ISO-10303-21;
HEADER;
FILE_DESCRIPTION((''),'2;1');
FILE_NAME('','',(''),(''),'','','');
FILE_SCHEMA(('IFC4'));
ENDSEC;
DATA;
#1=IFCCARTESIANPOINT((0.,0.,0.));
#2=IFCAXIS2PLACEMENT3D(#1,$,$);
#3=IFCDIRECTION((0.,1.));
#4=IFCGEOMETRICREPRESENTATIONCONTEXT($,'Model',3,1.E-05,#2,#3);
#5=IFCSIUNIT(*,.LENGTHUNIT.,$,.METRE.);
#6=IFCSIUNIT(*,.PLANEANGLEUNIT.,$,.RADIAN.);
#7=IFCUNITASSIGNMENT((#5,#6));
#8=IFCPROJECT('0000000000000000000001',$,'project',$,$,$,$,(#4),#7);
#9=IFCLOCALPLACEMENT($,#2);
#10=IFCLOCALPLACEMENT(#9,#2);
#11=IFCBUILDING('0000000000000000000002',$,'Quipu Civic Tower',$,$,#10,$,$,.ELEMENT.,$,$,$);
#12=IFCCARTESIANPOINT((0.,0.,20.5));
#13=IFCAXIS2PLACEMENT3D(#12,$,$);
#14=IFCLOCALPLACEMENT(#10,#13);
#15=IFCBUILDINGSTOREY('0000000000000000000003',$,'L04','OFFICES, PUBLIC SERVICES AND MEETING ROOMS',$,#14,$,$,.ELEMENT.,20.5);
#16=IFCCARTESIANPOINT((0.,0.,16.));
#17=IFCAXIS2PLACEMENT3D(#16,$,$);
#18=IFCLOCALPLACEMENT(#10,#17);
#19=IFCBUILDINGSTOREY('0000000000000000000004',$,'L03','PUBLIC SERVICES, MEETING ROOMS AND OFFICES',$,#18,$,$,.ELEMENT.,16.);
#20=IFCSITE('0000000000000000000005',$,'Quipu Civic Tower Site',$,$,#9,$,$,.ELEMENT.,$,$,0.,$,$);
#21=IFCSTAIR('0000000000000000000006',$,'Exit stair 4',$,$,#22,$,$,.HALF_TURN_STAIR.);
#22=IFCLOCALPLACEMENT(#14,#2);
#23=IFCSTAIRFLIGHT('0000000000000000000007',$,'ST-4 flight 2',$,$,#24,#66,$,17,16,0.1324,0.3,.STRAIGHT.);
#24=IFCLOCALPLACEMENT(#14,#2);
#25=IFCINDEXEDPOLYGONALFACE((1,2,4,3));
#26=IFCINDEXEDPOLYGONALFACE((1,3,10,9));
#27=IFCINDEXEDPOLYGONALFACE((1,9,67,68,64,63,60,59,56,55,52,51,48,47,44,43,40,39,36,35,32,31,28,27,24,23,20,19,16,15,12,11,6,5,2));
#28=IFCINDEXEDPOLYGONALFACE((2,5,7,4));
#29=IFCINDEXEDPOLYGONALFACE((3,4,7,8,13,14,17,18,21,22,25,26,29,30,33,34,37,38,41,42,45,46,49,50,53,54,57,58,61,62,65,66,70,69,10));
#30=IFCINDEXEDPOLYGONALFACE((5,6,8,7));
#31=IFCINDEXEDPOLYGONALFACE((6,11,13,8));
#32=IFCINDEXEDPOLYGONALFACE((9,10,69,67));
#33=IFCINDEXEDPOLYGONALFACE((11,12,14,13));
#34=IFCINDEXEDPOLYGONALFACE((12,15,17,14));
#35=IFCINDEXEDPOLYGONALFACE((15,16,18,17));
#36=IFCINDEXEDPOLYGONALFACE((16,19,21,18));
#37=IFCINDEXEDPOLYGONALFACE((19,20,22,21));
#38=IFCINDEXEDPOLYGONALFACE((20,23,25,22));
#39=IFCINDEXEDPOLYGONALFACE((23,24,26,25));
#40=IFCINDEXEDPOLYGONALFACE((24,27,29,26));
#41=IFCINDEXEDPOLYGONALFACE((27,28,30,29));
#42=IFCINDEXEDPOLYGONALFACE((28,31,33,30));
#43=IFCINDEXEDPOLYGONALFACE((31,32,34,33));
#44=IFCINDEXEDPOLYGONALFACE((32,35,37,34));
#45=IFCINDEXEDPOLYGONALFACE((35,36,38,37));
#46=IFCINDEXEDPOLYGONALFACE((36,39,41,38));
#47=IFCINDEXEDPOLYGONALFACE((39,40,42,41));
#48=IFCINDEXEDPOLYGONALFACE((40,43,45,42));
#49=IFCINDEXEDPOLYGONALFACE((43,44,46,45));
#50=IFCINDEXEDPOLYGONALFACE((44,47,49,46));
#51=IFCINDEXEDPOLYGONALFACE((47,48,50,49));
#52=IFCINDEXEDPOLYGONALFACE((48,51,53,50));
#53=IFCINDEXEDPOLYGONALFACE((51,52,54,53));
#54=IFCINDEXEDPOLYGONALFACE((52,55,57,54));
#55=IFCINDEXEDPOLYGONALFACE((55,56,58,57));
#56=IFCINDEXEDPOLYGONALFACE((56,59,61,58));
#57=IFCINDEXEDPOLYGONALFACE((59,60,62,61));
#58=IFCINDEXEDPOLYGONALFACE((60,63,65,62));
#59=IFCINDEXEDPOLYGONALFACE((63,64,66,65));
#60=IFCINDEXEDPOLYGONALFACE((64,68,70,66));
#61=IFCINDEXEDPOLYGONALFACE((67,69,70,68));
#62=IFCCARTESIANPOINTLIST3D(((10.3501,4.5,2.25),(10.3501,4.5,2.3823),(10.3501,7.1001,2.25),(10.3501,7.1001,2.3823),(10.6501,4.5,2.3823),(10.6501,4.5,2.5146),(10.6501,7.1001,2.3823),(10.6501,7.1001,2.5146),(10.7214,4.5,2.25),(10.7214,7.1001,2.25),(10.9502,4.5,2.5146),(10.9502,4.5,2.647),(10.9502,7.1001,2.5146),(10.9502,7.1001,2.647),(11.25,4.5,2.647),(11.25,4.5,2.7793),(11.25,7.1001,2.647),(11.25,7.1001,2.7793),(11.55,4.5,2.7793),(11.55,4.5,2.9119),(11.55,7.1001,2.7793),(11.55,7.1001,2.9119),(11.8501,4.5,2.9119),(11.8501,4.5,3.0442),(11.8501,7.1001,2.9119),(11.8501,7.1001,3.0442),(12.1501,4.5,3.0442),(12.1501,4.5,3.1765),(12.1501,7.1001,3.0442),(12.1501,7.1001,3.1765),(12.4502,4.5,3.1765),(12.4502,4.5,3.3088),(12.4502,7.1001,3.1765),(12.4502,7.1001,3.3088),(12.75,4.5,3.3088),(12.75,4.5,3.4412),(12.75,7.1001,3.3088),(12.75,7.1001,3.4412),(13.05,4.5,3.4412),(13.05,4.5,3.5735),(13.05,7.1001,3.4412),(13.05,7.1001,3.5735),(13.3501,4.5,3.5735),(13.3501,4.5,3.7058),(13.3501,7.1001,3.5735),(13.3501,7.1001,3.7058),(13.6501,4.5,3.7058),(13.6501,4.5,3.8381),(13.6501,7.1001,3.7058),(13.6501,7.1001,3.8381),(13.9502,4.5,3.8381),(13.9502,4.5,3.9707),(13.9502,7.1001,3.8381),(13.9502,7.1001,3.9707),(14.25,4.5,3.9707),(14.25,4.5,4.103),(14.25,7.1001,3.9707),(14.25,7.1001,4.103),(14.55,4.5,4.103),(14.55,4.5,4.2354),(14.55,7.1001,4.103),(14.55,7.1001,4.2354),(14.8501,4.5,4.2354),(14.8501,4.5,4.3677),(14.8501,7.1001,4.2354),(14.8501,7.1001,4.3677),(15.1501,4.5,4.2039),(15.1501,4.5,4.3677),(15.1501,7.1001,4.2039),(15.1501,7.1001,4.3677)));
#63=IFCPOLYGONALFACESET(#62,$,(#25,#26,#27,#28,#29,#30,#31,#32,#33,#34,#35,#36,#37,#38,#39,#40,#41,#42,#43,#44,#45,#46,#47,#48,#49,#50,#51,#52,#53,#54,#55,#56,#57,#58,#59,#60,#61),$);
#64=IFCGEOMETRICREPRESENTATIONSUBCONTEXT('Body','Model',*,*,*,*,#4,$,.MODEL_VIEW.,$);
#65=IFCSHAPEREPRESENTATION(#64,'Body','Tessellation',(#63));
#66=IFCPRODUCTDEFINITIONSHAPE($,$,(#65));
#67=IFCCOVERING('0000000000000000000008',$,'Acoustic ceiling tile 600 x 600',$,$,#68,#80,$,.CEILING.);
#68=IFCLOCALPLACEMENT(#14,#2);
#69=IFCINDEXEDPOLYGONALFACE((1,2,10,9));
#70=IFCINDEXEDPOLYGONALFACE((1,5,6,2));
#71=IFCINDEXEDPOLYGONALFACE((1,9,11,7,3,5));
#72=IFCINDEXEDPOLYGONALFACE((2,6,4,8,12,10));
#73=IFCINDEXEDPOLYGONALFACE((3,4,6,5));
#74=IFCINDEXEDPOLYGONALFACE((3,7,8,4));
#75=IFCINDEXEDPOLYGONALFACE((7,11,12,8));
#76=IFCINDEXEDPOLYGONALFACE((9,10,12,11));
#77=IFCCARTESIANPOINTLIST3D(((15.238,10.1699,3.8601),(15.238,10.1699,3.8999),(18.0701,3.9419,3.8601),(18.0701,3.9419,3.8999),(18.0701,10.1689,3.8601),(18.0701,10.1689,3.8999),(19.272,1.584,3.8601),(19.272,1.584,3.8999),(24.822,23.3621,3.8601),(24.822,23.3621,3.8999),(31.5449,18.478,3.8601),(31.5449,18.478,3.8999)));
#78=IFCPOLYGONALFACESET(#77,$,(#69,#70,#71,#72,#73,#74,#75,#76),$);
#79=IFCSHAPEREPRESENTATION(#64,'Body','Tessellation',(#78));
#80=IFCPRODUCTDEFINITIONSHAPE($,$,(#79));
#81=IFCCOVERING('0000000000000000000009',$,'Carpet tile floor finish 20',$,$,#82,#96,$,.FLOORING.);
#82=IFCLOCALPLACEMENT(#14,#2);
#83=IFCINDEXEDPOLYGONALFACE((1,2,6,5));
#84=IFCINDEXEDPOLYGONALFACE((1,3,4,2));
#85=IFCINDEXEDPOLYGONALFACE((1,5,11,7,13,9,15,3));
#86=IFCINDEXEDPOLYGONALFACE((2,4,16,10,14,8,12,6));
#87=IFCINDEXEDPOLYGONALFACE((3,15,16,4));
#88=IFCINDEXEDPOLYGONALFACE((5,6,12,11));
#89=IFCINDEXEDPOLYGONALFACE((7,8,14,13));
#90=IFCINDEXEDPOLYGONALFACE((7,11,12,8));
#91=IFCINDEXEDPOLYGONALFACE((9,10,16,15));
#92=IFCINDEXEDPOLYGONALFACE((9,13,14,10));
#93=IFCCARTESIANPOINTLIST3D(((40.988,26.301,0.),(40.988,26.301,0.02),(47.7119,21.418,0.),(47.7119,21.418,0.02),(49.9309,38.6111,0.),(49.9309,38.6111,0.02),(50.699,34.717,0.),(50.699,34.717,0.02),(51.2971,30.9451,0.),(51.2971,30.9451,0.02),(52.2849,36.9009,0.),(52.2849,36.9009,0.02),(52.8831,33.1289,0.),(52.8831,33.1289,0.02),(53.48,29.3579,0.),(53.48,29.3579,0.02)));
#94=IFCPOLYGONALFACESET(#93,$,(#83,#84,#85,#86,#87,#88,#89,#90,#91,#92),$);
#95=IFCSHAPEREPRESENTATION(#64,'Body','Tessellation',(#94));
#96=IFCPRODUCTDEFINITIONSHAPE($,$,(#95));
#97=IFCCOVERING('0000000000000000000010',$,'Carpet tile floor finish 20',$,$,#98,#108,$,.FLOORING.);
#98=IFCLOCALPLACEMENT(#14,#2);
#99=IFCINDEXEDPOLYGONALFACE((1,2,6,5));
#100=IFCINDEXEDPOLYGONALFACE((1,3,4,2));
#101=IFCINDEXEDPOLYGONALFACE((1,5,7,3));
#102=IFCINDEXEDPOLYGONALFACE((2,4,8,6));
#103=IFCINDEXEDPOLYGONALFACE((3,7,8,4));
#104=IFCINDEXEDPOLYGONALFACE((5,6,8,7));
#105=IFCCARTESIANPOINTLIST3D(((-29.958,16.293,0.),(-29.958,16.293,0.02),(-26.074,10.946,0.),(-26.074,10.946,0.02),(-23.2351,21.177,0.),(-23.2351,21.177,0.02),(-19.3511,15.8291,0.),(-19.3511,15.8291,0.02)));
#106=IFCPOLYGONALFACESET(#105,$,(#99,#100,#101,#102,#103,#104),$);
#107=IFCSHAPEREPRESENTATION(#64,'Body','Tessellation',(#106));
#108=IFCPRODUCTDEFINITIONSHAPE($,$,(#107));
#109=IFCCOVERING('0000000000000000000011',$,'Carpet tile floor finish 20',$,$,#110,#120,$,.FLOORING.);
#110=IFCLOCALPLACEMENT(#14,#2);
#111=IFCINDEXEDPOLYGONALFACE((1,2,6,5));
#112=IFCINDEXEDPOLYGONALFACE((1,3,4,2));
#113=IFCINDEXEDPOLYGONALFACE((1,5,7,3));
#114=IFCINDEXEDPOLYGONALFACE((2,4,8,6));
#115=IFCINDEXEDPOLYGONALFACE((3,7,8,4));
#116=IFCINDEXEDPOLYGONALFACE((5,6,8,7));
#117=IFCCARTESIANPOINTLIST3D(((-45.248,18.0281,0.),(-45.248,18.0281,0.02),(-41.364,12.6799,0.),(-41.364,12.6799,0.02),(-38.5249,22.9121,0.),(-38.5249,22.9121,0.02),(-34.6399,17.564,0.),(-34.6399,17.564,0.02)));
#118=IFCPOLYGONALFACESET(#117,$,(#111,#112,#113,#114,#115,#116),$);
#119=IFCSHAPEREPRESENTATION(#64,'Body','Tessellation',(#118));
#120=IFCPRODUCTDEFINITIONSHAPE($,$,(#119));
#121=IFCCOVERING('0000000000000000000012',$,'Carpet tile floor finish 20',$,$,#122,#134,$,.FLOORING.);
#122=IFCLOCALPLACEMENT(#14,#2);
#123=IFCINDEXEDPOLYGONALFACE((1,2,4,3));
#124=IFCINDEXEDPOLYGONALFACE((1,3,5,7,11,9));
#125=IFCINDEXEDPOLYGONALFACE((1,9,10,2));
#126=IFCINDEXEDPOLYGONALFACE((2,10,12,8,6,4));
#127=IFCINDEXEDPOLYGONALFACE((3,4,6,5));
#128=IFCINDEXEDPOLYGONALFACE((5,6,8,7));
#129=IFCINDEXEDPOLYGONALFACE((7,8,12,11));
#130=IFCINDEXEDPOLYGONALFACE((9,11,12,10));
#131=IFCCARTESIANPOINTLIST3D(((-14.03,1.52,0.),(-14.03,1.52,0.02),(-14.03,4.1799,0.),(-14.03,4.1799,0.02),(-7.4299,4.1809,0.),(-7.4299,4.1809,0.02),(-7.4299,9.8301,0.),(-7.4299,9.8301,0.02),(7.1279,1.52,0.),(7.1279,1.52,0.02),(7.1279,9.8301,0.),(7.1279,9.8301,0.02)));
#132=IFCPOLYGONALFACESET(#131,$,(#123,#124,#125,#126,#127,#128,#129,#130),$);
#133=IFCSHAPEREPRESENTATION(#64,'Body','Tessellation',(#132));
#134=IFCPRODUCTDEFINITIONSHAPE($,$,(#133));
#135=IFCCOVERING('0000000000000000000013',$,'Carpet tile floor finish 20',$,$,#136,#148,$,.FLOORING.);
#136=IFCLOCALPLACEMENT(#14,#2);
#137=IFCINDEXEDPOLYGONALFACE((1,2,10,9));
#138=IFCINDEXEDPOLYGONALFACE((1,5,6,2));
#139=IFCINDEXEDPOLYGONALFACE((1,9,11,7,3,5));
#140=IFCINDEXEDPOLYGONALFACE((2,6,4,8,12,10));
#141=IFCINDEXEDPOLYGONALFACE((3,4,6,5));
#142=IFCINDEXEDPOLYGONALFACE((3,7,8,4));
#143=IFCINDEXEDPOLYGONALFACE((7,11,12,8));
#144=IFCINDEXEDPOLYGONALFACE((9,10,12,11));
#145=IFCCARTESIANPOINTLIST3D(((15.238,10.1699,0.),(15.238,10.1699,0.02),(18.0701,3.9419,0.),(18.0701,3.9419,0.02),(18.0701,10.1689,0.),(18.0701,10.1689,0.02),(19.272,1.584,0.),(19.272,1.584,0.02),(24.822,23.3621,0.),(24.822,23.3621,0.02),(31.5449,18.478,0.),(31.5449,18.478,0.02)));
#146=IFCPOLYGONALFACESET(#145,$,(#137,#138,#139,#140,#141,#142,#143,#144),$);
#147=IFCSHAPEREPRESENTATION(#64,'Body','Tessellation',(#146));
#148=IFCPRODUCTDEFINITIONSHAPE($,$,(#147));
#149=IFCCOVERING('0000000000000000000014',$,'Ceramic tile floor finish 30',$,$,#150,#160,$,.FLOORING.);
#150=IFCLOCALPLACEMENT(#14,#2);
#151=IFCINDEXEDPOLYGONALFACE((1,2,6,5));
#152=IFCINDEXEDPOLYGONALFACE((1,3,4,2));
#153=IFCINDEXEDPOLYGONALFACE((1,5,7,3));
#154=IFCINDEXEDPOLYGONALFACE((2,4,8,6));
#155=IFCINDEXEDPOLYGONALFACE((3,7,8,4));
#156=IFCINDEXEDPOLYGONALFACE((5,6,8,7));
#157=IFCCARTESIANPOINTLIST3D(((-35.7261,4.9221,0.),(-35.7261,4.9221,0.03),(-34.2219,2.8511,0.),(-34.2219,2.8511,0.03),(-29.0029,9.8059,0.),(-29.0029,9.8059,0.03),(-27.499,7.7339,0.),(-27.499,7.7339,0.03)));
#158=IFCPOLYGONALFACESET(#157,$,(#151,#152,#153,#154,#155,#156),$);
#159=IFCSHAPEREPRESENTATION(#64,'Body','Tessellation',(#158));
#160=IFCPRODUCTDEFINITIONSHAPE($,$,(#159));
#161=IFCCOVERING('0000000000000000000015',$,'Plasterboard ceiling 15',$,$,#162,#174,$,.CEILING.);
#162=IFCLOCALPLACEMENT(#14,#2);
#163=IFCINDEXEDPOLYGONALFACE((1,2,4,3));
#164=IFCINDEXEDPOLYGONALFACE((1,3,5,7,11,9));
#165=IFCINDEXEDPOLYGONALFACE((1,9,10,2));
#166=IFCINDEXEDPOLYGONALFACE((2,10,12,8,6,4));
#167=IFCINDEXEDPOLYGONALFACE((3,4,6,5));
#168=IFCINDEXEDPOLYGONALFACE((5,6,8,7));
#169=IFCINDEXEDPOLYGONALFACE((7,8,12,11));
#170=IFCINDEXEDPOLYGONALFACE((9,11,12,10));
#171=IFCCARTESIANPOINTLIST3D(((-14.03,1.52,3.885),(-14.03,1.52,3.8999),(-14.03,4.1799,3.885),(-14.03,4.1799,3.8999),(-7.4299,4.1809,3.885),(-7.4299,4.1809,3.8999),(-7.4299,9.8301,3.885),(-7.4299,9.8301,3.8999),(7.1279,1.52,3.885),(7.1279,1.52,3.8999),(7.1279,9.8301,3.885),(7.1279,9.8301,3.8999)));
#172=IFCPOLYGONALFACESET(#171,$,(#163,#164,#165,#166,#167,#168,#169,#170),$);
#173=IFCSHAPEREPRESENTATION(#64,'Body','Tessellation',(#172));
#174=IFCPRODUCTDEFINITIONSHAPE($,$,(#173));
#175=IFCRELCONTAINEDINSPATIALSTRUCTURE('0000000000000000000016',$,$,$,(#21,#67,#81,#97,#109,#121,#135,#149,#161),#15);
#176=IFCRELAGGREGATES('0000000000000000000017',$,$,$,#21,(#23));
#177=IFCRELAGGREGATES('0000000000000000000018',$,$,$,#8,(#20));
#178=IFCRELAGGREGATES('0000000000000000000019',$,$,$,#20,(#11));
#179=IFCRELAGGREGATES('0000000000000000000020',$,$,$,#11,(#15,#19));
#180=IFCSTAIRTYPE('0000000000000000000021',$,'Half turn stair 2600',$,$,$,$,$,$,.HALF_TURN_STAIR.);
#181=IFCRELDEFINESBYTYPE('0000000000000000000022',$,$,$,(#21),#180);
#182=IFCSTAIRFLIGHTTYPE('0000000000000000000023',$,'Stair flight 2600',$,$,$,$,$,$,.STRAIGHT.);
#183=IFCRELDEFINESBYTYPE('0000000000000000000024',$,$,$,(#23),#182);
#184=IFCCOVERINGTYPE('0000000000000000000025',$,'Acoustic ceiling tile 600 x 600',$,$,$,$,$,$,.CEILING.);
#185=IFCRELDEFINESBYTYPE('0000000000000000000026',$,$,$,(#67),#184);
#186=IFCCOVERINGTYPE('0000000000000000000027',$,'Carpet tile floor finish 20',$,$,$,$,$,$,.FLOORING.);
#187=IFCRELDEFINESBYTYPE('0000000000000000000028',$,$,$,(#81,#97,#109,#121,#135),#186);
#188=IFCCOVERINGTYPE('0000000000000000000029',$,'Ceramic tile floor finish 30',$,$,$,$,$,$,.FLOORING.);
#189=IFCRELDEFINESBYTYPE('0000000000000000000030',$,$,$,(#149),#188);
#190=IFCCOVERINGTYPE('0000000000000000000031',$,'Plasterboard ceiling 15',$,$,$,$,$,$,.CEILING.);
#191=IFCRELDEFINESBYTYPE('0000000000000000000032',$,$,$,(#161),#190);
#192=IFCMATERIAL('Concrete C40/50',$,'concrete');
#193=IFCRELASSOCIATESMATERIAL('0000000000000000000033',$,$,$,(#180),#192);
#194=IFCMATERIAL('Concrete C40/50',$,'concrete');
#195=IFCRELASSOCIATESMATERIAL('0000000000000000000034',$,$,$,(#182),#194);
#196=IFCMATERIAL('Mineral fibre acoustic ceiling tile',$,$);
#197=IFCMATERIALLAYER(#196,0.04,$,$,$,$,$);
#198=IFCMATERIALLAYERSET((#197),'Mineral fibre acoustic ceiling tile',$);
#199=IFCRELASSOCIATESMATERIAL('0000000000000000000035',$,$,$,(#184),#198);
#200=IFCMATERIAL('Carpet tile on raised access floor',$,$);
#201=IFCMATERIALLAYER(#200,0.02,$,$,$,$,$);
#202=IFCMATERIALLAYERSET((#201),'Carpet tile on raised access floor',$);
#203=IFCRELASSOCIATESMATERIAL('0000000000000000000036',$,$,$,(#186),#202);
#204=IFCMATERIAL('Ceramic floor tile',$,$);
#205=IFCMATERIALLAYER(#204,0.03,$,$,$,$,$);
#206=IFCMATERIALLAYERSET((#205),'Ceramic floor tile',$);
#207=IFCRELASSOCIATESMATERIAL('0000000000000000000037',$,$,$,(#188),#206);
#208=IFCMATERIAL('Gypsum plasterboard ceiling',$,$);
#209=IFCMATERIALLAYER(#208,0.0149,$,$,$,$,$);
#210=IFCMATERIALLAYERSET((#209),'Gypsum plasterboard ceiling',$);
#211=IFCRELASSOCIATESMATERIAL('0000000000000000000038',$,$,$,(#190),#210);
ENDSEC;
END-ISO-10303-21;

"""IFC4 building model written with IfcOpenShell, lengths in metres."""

from ifc_helpers import new_model, si_unit, direction, frame, origin, place, context, subcontext, project, spatial, polyline, outline, extrude, material, layer, layer_set, type_object, element, aggregate, save


model = new_model("IFC4")

# Units and contexts
model_context = context("Model", 3, precision=1e-05, world=origin(), true_north=direction((0.0, 1.0)))
body_context = subcontext(model_context, "Body", "Model", "MODEL_VIEW")
ifc_project = project(units=[si_unit("LENGTHUNIT", "METRE"), si_unit("PLANEANGLEUNIT", "RADIAN")], contexts=[model_context])

# Site, building, storey
site_placement = place(None, origin())
site = spatial("IfcSite", under=ifc_project, at=site_placement, Name="Quipu Civic Tower Site", CompositionType="ELEMENT", RefElevation=0.0)
building_placement = place(site_placement, origin())
building = spatial("IfcBuilding", under=site, at=building_placement, Name="Quipu Civic Tower", CompositionType="ELEMENT")
storey_1_placement = place(building_placement, frame((0.0, 0.0, 20.5)))
storey_1 = spatial("IfcBuildingStorey", under=building, at=storey_1_placement, Name="L04", Description="OFFICES, PUBLIC SERVICES AND MEETING ROOMS", CompositionType="ELEMENT", Elevation=20.5)

# Shared definitions
storey_2_placement = place(building_placement, frame((0.0, 0.0, 16.0)))
storey_2 = spatial("IfcBuildingStorey", under=building, at=storey_2_placement, Name="L03", Description="PUBLIC SERVICES, MEETING ROOMS AND OFFICES", CompositionType="ELEMENT", Elevation=16.0)

# Stair, stair flight
ifc_material_1 = material(Name="Concrete C40/50", Category="concrete")
stair_type = type_object("IfcStairType", Name="Half turn stair 2600", PredefinedType="HALF_TURN_STAIR", material=ifc_material_1)
stair_placement = place(storey_1_placement, origin())
stair = element("IfcStair", 1, at=stair_placement, inside=storey_1, type_object=stair_type, Name="Exit stair 4", PredefinedType="HALF_TURN_STAIR")
ifc_material_2 = material(Name="Concrete C40/50", Category="concrete")
stair_flight_type = type_object("IfcStairFlightType", Name="Stair flight 2600", PredefinedType="STRAIGHT", material=ifc_material_2)
stair_flight_placement = place(storey_1_placement, frame((10.3501, 5.8, 2.25), z_axis=(0.0, 0.0, 1.0), x_axis=(1.0, 0.0, 0.0)))
stair_flight = element("IfcStairFlight", 2, at=stair_flight_placement, type_object=stair_flight_type, Name="ST-4 flight 2", NumberOfRisers=17, NumberOfTreads=16, PredefinedType="STRAIGHT", RiserHeight=0.1324, TreadLength=0.3, context=body_context, shape_type="SweptSolid", body=[
    extrude(outline(polyline([(0.0, 0.0), (0.0, 0.1323), (0.3, 0.1323), (0.3, 0.2646), (0.6001, 0.2646), (0.6001, 0.397), (0.8999, 0.397), (0.8999, 0.5293), (1.2, 0.5293), (1.2, 0.6619), (1.5, 0.6619), (1.5, 0.7942), (1.8, 0.7942), (1.8, 0.9265), (2.1001, 0.9265), (2.1001, 1.0588), (2.3999, 1.0588), (2.3999, 1.1912), (2.7, 1.1912), (2.7, 1.3235), (3.0, 1.3235), (3.0, 1.4558), (3.3, 1.4558), (3.3, 1.5881), (3.6001, 1.5881), (3.6001, 1.7207), (3.8999, 1.7207), (3.8999, 1.853), (4.2, 1.853), (4.2, 1.9854), (4.5, 1.9854), (4.5, 2.1177), (4.8, 2.1177), (4.8, 2.25), (4.8, 1.9539), (0.3713, 0.0), (0.0, 0.0)])), frame((0.0, 1.3, 0.0), z_axis=(0.0, -1.0, 0.0), x_axis=(1.0, 0.0, 0.0)), (0.0, 0.0, 1.0), 2.6001),
])
aggregate(stair, [stair_flight])

# Coverings
ifc_material_3 = material(Name="Mineral fibre acoustic ceiling tile")
ifc_layer_1 = layer(ifc_material_3, 0.04)
ifc_layer_set_1 = layer_set([ifc_layer_1], Name="Mineral fibre acoustic ceiling tile")
covering_type_1 = type_object("IfcCoveringType", Name="Acoustic ceiling tile 600 x 600", PredefinedType="CEILING", material=ifc_layer_set_1)
covering_1_placement = place(storey_1_placement, frame((0.0, 0.0, 3.8601)))
element("IfcCovering", 3, at=covering_1_placement, inside=storey_1, type_object=covering_type_1, Name="Acoustic ceiling tile 600 x 600", PredefinedType="CEILING", context=body_context, shape_type="SweptSolid", body=[
    extrude(outline(polyline([(15.238, 10.1699), (24.822, 23.3621), (31.5449, 18.478), (19.272, 1.584), (18.0701, 3.9419), (18.0701, 10.1689), (15.238, 10.1699)])), origin(), (0.0, 0.0, 1.0), 0.0398),
])
ifc_material_4 = material(Name="Carpet tile on raised access floor")
ifc_layer_2 = layer(ifc_material_4, 0.02)
ifc_layer_set_2 = layer_set([ifc_layer_2], Name="Carpet tile on raised access floor")
covering_type_2 = type_object("IfcCoveringType", Name="Carpet tile floor finish 20", PredefinedType="FLOORING", material=ifc_layer_set_2)
covering_2_placement = place(storey_1_placement, origin())
element("IfcCovering", 4, at=covering_2_placement, inside=storey_1, type_object=covering_type_2, Name="Carpet tile floor finish 20", PredefinedType="FLOORING", context=body_context, shape_type="SweptSolid", body=[
    extrude(outline(polyline([(40.988, 26.301), (49.9309, 38.6111), (52.2849, 36.9009), (50.699, 34.717), (52.8831, 33.1289), (51.2971, 30.9451), (53.48, 29.3579), (47.7119, 21.418), (40.988, 26.301)])), origin(), (0.0, 0.0, 1.0), 0.02),
])
covering_3_placement = place(storey_1_placement, origin())
element("IfcCovering", 5, at=covering_3_placement, inside=storey_1, type_object=covering_type_2, Name="Carpet tile floor finish 20", PredefinedType="FLOORING", context=body_context, shape_type="SweptSolid", body=[
    extrude(outline(polyline([(-29.958, 16.293), (-23.2351, 21.177), (-19.3511, 15.8291), (-26.074, 10.946), (-29.958, 16.293)])), origin(), (0.0, 0.0, 1.0), 0.02),
])
covering_4_placement = place(storey_1_placement, origin())
element("IfcCovering", 6, at=covering_4_placement, inside=storey_1, type_object=covering_type_2, Name="Carpet tile floor finish 20", PredefinedType="FLOORING", context=body_context, shape_type="SweptSolid", body=[
    extrude(outline(polyline([(-45.248, 18.0281), (-38.5249, 22.9121), (-34.6399, 17.564), (-41.364, 12.6799), (-45.248, 18.0281)])), origin(), (0.0, 0.0, 1.0), 0.02),
])
covering_5_placement = place(storey_1_placement, origin())
element("IfcCovering", 7, at=covering_5_placement, inside=storey_1, type_object=covering_type_2, Name="Carpet tile floor finish 20", PredefinedType="FLOORING", context=body_context, shape_type="SweptSolid", body=[
    extrude(outline(polyline([(-14.03, 1.52), (-14.03, 4.1799), (-7.4299, 4.1809), (-7.4299, 9.8301), (7.1279, 9.8301), (7.1279, 1.52), (-14.03, 1.52)])), origin(), (0.0, 0.0, 1.0), 0.02),
])
covering_6_placement = place(storey_1_placement, origin())
element("IfcCovering", 8, at=covering_6_placement, inside=storey_1, type_object=covering_type_2, Name="Carpet tile floor finish 20", PredefinedType="FLOORING", context=body_context, shape_type="SweptSolid", body=[
    extrude(outline(polyline([(15.238, 10.1699), (24.822, 23.3621), (31.5449, 18.478), (19.272, 1.584), (18.0701, 3.9419), (18.0701, 10.1689), (15.238, 10.1699)])), origin(), (0.0, 0.0, 1.0), 0.02),
])
ifc_material_5 = material(Name="Ceramic floor tile")
ifc_layer_3 = layer(ifc_material_5, 0.03)
ifc_layer_set_3 = layer_set([ifc_layer_3], Name="Ceramic floor tile")
covering_type_3 = type_object("IfcCoveringType", Name="Ceramic tile floor finish 30", PredefinedType="FLOORING", material=ifc_layer_set_3)
covering_7_placement = place(storey_1_placement, origin())
element("IfcCovering", 9, at=covering_7_placement, inside=storey_1, type_object=covering_type_3, Name="Ceramic tile floor finish 30", PredefinedType="FLOORING", context=body_context, shape_type="SweptSolid", body=[
    extrude(outline(polyline([(-35.7261, 4.9221), (-29.0029, 9.8059), (-27.499, 7.7339), (-34.2219, 2.8511), (-35.7261, 4.9221)])), origin(), (0.0, 0.0, 1.0), 0.03),
])
ifc_material_6 = material(Name="Gypsum plasterboard ceiling")
ifc_layer_4 = layer(ifc_material_6, 0.0149)
ifc_layer_set_4 = layer_set([ifc_layer_4], Name="Gypsum plasterboard ceiling")
covering_type_4 = type_object("IfcCoveringType", Name="Plasterboard ceiling 15", PredefinedType="CEILING", material=ifc_layer_set_4)
covering_8_placement = place(storey_1_placement, frame((0.0, 0.0, 3.885)))
element("IfcCovering", 10, at=covering_8_placement, inside=storey_1, type_object=covering_type_4, Name="Plasterboard ceiling 15", PredefinedType="CEILING", context=body_context, shape_type="SweptSolid", body=[
    extrude(outline(polyline([(-14.03, 1.52), (-14.03, 4.1799), (-7.4299, 4.1809), (-7.4299, 9.8301), (7.1279, 9.8301), (7.1279, 1.52), (-14.03, 1.52)])), origin(), (0.0, 0.0, 1.0), 0.0149),
])

save(model, "model.ifc")
